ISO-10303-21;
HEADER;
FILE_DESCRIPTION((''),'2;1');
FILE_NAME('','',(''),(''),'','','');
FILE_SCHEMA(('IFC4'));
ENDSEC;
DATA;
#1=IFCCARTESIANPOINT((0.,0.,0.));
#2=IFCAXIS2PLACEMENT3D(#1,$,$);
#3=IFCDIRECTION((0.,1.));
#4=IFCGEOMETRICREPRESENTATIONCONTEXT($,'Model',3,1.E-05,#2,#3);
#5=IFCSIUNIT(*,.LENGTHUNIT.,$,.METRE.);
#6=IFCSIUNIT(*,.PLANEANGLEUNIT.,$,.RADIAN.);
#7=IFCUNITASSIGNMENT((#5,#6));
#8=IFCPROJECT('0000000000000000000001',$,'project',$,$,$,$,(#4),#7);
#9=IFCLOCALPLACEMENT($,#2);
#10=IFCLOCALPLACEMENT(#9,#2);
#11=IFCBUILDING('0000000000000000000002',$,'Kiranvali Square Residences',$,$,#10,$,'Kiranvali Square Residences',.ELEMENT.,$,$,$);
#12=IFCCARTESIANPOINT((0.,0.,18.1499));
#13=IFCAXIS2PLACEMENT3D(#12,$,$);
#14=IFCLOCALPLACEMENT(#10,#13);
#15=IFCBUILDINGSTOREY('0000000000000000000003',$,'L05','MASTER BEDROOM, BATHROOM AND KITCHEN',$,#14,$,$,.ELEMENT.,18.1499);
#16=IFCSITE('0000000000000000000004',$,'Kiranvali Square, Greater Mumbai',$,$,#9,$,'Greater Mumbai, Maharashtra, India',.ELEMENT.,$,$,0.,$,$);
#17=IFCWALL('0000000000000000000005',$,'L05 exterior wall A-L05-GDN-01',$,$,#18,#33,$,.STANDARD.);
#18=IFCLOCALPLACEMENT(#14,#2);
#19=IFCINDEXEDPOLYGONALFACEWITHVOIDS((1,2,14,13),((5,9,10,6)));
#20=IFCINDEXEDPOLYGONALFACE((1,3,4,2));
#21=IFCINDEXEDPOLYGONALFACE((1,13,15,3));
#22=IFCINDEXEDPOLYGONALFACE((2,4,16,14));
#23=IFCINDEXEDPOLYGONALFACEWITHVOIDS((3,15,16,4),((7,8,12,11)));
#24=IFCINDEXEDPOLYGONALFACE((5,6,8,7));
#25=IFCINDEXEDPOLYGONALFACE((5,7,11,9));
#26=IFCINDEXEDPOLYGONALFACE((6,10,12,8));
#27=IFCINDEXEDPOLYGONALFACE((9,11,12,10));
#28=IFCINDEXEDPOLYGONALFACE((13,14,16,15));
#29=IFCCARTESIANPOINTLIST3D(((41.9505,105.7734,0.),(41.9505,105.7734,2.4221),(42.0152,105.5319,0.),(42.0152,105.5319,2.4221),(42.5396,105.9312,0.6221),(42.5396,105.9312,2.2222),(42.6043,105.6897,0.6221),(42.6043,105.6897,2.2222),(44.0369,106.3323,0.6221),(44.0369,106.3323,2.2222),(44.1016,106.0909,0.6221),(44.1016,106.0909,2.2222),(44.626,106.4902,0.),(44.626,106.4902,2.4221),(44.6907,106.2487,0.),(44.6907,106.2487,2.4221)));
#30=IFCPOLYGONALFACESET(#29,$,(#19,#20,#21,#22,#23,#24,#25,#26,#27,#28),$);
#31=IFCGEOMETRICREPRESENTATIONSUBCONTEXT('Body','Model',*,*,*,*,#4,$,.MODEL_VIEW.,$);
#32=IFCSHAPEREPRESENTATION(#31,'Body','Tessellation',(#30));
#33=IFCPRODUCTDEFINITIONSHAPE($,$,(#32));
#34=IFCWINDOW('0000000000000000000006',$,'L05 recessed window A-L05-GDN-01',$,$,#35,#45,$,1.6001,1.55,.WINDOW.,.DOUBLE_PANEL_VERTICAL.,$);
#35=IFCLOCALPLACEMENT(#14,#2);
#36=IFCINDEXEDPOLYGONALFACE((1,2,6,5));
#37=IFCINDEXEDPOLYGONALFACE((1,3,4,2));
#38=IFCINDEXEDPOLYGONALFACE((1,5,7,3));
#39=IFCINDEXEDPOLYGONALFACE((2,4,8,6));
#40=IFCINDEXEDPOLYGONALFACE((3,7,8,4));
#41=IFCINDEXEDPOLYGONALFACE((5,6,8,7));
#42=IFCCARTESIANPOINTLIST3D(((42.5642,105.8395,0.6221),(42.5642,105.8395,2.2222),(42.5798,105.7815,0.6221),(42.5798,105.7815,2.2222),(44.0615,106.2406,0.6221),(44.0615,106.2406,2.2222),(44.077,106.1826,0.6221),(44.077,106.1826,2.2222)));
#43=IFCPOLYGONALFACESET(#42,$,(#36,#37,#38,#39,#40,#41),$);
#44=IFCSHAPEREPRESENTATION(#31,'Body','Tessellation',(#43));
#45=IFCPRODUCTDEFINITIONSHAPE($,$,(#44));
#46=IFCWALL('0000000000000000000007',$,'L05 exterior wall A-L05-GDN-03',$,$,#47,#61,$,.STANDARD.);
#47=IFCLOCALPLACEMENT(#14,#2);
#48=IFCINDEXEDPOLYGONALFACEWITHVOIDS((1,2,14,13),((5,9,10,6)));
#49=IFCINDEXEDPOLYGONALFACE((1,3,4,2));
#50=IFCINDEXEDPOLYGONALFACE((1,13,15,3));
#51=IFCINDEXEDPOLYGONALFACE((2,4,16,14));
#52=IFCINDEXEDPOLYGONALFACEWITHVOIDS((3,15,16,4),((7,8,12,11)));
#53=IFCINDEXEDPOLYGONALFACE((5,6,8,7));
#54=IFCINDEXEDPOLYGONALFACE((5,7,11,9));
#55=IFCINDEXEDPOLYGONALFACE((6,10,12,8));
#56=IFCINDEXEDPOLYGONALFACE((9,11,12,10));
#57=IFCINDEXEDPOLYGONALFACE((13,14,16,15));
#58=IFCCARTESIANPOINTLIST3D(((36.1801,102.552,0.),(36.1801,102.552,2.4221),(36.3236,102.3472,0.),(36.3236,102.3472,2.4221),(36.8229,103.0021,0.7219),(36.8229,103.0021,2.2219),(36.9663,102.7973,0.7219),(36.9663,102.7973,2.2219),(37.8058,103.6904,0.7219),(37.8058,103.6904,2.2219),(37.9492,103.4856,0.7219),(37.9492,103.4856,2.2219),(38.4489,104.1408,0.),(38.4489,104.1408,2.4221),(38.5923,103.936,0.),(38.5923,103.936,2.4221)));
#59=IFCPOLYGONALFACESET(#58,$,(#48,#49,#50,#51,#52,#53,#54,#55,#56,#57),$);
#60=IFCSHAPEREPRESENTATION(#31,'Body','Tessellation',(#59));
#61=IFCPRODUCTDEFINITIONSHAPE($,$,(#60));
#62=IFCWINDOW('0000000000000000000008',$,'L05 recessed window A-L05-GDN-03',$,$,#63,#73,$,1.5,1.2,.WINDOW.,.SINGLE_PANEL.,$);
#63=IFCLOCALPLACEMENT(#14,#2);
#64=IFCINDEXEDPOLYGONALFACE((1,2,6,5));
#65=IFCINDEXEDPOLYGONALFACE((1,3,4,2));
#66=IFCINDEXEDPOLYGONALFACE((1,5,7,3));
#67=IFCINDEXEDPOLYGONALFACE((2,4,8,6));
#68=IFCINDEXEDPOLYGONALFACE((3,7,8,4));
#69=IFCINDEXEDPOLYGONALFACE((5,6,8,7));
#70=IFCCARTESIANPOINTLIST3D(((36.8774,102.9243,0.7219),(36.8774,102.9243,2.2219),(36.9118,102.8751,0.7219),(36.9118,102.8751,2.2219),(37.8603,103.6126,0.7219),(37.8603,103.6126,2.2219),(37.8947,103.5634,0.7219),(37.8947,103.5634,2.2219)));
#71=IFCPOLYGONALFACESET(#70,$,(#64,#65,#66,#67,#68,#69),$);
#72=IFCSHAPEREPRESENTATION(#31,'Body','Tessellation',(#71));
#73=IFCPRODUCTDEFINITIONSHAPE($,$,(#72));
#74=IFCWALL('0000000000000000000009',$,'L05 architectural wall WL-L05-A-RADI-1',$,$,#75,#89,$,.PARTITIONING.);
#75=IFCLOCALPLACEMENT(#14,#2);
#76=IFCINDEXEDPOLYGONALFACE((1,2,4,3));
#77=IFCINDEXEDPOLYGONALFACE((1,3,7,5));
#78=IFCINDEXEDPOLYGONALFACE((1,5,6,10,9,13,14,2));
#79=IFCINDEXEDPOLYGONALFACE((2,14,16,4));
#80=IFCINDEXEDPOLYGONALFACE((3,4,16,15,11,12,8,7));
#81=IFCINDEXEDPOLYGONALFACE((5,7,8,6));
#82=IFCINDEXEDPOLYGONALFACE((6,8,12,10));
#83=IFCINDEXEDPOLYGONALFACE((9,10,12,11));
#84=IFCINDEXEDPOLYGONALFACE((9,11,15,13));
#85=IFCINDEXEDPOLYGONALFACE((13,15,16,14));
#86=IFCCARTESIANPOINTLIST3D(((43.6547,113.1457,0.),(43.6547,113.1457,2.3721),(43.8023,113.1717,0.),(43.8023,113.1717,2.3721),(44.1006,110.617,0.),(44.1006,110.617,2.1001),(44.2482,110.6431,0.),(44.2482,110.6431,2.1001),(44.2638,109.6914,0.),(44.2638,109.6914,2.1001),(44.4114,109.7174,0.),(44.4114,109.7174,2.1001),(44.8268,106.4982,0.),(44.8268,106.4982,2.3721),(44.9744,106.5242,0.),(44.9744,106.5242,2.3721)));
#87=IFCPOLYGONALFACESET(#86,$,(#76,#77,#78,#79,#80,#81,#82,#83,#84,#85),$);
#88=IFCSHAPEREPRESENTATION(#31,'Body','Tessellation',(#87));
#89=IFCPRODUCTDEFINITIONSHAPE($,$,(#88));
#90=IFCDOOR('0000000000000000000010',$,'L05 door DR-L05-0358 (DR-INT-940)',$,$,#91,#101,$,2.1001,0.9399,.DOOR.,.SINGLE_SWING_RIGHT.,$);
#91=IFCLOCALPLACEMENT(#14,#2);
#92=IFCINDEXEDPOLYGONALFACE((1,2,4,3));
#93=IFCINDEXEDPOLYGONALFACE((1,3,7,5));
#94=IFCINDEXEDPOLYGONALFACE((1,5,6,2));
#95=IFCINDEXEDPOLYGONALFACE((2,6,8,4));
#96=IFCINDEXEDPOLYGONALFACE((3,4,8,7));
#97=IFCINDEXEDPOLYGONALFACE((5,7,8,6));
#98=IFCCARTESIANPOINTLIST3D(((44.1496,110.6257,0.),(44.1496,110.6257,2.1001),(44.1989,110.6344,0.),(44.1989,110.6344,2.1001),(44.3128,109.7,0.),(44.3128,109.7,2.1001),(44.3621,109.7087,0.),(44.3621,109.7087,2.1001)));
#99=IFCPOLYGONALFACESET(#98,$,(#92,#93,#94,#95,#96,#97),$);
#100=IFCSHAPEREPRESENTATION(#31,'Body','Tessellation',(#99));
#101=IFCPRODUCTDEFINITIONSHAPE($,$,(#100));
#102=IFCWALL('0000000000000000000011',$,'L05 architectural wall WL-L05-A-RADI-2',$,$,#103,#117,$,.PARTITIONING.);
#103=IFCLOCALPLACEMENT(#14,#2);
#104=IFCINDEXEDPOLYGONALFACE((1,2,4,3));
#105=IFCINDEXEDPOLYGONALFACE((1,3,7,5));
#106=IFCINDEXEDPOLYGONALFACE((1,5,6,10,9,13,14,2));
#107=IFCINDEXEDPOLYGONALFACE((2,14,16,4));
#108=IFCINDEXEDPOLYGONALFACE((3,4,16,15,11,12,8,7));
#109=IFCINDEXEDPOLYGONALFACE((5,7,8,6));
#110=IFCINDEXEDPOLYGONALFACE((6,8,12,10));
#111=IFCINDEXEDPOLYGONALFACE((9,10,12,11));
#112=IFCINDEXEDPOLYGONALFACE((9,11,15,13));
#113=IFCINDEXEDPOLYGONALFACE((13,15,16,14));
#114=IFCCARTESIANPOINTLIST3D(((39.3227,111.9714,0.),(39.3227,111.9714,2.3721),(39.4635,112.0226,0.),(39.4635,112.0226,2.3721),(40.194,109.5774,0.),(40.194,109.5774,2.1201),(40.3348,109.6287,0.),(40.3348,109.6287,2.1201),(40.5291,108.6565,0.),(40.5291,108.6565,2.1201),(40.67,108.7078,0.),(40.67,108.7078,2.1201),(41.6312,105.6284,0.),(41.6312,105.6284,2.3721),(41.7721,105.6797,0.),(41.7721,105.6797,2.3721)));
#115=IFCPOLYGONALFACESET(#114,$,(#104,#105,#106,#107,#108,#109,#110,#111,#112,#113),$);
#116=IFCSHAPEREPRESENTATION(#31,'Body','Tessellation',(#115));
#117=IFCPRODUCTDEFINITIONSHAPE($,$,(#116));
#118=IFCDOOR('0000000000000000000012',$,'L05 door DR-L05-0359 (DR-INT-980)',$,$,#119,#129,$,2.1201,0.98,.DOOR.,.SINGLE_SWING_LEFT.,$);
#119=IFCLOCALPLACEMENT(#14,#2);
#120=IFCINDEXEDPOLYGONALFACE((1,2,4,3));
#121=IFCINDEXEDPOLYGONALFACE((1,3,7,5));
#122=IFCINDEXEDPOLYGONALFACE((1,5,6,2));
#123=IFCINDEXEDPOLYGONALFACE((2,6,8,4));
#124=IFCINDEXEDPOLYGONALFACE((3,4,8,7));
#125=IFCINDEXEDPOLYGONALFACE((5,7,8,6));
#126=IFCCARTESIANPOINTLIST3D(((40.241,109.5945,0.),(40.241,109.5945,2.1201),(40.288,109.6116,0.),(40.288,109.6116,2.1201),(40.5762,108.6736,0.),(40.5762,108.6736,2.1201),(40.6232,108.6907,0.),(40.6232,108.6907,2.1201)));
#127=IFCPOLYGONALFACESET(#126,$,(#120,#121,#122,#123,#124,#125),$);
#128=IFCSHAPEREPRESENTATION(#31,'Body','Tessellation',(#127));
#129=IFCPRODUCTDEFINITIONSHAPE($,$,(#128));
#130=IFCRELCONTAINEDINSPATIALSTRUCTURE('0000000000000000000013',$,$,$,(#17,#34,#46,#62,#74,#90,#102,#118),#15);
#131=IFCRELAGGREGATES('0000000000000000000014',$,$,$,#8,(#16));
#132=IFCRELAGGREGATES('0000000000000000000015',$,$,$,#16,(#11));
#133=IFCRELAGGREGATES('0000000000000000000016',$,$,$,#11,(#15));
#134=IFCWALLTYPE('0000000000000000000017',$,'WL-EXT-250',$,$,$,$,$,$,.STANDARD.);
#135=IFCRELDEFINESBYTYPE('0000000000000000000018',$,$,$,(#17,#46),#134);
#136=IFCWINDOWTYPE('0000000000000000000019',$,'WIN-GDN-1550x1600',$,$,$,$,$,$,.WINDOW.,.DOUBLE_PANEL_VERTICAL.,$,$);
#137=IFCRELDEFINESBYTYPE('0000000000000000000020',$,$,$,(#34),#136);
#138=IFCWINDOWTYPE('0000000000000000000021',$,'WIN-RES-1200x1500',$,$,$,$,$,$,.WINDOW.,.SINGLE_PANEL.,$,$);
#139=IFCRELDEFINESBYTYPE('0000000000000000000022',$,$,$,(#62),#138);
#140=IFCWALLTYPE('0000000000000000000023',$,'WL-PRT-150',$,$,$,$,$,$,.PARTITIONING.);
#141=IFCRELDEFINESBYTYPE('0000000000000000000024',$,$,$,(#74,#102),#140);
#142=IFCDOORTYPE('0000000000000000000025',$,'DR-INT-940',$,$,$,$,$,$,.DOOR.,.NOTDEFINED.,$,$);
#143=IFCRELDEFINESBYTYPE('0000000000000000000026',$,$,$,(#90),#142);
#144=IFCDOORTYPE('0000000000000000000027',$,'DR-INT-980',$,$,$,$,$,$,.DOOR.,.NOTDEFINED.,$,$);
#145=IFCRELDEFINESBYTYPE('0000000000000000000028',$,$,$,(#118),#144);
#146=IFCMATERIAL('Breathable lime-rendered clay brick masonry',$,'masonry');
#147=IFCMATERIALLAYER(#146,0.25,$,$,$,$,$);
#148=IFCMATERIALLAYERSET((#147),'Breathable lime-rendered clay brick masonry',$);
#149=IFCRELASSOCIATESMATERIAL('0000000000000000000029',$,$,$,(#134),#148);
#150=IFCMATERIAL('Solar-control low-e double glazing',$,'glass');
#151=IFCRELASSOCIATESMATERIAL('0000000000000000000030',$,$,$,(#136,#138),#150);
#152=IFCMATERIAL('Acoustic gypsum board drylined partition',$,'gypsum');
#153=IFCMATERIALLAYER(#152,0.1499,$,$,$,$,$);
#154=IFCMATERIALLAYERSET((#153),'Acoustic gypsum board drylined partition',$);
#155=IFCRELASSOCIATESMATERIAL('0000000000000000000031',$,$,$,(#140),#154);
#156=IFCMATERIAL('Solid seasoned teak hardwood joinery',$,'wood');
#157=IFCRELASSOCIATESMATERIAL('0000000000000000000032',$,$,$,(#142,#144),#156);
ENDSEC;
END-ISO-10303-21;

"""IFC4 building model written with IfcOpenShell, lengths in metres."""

from ifc_helpers import new_model, si_unit, direction, frame, frame_2d, origin, place, context, subcontext, project, spatial, rectangle, extrude, material, layer, layer_set, type_object, element, fill, save


model = new_model("IFC4")

# Units and contexts
model_context = context("Model", 3, precision=1e-05, world=origin(), true_north=direction((0.0, 1.0)))
body_context = subcontext(model_context, "Body", "Model", "MODEL_VIEW")
ifc_project = project(units=[si_unit("LENGTHUNIT", "METRE"), si_unit("PLANEANGLEUNIT", "RADIAN")], contexts=[model_context])

# Site, building, storey
site_placement = place(None, origin())
site = spatial("IfcSite", under=ifc_project, at=site_placement, Name="Kiranvali Square, Greater Mumbai", LongName="Greater Mumbai, Maharashtra, India", CompositionType="ELEMENT", RefElevation=0.0)
building_placement = place(site_placement, origin())
building = spatial("IfcBuilding", under=site, at=building_placement, Name="Kiranvali Square Residences", LongName="Kiranvali Square Residences", CompositionType="ELEMENT")
storey_placement = place(building_placement, frame((0.0, 0.0, 18.1499)))
storey = spatial("IfcBuildingStorey", under=building, at=storey_placement, Name="L05", Description="MASTER BEDROOM, BATHROOM AND KITCHEN", CompositionType="ELEMENT", Elevation=18.1499)

# Wall, opening, window
ifc_material_1 = material(Name="Breathable lime-rendered clay brick masonry", Category="masonry")
ifc_layer_1 = layer(ifc_material_1, 0.25)
ifc_layer_set_1 = layer_set([ifc_layer_1], Name="Breathable lime-rendered clay brick masonry")
wall_type_1 = type_object("IfcWallType", Name="WL-EXT-250", PredefinedType="STANDARD", material=ifc_layer_set_1)
wall_1_placement = place(storey_placement, frame((44.6582, 106.3694, 0.0), z_axis=(0.0, 0.0, 1.0), x_axis=(-0.965936, -0.258782, 0.0)))
wall_1 = element("IfcWall", 1, at=wall_1_placement, inside=storey, type_object=wall_type_1, Name="L05 exterior wall A-L05-GDN-01", PredefinedType="STANDARD", context=body_context, shape_type="SweptSolid", body=[
    extrude(rectangle(XDim=2.7698, YDim=0.25, at=frame_2d((1.3848, 0.0))), origin(), (0.0, 0.0, 1.0), 2.4221),
])
opening_1_placement = place(wall_1_placement, frame((0.6099, 0.0, 0.6221)))
opening_1 = element("IfcOpeningElement", 2, at=opening_1_placement, cuts=wall_1, PredefinedType="OPENING", context=body_context, shape_type="SweptSolid", body=[
    extrude(rectangle(XDim=1.55, YDim=1.6001, at=frame_2d((0.7749, 0.8))), frame((0.0, 0.135, 0.0), z_axis=(0.0, -1.0, 0.0), x_axis=(1.0, 0.0, 0.0)), (0.0, 0.0, 1.0), 0.27),
])
ifc_material_2 = material(Name="Solar-control low-e double glazing", Category="glass")
window_type_1 = type_object("IfcWindowType", Name="WIN-GDN-1550x1600", PartitioningType="DOUBLE_PANEL_VERTICAL", PredefinedType="WINDOW", material=ifc_material_2)
window_1_placement = place(opening_1_placement, origin())
window_1 = element("IfcWindow", 3, at=window_1_placement, inside=storey, type_object=window_type_1, Name="L05 recessed window A-L05-GDN-01", OverallHeight=1.6001, OverallWidth=1.55, PartitioningType="DOUBLE_PANEL_VERTICAL", PredefinedType="WINDOW", context=body_context, shape_type="SweptSolid", body=[
    extrude(rectangle(XDim=1.55, YDim=1.6001, at=frame_2d((0.7749, 0.8))), frame((0.0, 0.03, 0.0), z_axis=(0.0, -1.0, 0.0), x_axis=(1.0, 0.0, 0.0)), (0.0, 0.0, 1.0), 0.0601),
])
fill(opening_1, window_1)

# Wall, opening, window
wall_2_placement = place(storey_placement, frame((38.5205, 104.0383, 0.0), z_axis=(0.0, 0.0, 1.0), x_axis=(-0.819112, -0.573634, 0.0)))
wall_2 = element("IfcWall", 4, at=wall_2_placement, inside=storey, type_object=wall_type_1, Name="L05 exterior wall A-L05-GDN-03", PredefinedType="STANDARD", context=body_context, shape_type="SweptSolid", body=[
    extrude(rectangle(XDim=2.7698, YDim=0.25, at=frame_2d((1.3848, 0.0))), origin(), (0.0, 0.0, 1.0), 2.4221),
])
opening_2_placement = place(wall_2_placement, frame((0.7849, 0.0, 0.7219)))
opening_2 = element("IfcOpeningElement", 5, at=opening_2_placement, cuts=wall_2, PredefinedType="OPENING", context=body_context, shape_type="SweptSolid", body=[
    extrude(rectangle(XDim=1.2, YDim=1.5, at=frame_2d((0.6001, 0.75))), frame((0.0, 0.135, 0.0), z_axis=(0.0, -1.0, 0.0), x_axis=(1.0, 0.0, 0.0)), (0.0, 0.0, 1.0), 0.27),
])
window_type_2 = type_object("IfcWindowType", Name="WIN-RES-1200x1500", PartitioningType="SINGLE_PANEL", PredefinedType="WINDOW", material=ifc_material_2)
window_2_placement = place(opening_2_placement, origin())
window_2 = element("IfcWindow", 6, at=window_2_placement, inside=storey, type_object=window_type_2, Name="L05 recessed window A-L05-GDN-03", OverallHeight=1.5, OverallWidth=1.2, PartitioningType="SINGLE_PANEL", PredefinedType="WINDOW", context=body_context, shape_type="SweptSolid", body=[
    extrude(rectangle(XDim=1.2, YDim=1.5, at=frame_2d((0.6001, 0.75))), frame((0.0, 0.03, 0.0), z_axis=(0.0, -1.0, 0.0), x_axis=(1.0, 0.0, 0.0)), (0.0, 0.0, 1.0), 0.0601),
])
fill(opening_2, window_2)

# Walls, openings, doors
ifc_material_3 = material(Name="Acoustic gypsum board drylined partition", Category="gypsum")
ifc_layer_2 = layer(ifc_material_3, 0.1499)
ifc_layer_set_2 = layer_set([ifc_layer_2], Name="Acoustic gypsum board drylined partition")
wall_type_2 = type_object("IfcWallType", Name="WL-PRT-150", PredefinedType="PARTITIONING", material=ifc_layer_set_2)
wall_3_placement = place(storey_placement, frame((44.9006, 106.5112, 0.0), z_axis=(0.0, 0.0, 1.0), x_axis=(-0.173647, 0.984808, 0.0)))
wall_3 = element("IfcWall", 7, at=wall_3_placement, inside=storey, type_object=wall_type_2, Name="L05 architectural wall WL-L05-A-RADI-1", PredefinedType="PARTITIONING", context=body_context, shape_type="SweptSolid", body=[
    extrude(rectangle(XDim=6.75, YDim=0.1499, at=frame_2d((3.375, 0.0))), origin(), (0.0, 0.0, 1.0), 2.3721),
])
opening_3_placement = place(wall_3_placement, frame((3.2424, 0.0, 0.0)))
opening_3 = element("IfcOpeningElement", 8, at=opening_3_placement, cuts=wall_3, PredefinedType="OPENING", context=body_context, shape_type="SweptSolid", body=[
    extrude(rectangle(XDim=0.9399, YDim=2.1001, at=frame_2d((0.47, 1.05))), frame((0.0, 0.085, 0.0), z_axis=(0.0, -1.0, 0.0), x_axis=(1.0, 0.0, 0.0)), (0.0, 0.0, 1.0), 0.1699),
])
ifc_material_4 = material(Name="Solid seasoned teak hardwood joinery", Category="wood")
door_type_1 = type_object("IfcDoorType", Name="DR-INT-940", OperationType="NOTDEFINED", PredefinedType="DOOR", material=ifc_material_4)
door_1_placement = place(opening_3_placement, frame((0.9399, 0.0, 0.0), z_axis=(0.0, 0.0, 1.0), x_axis=(-1.0, 0.0, 0.0)))
door_1 = element("IfcDoor", 9, at=door_1_placement, inside=storey, type_object=door_type_1, Name="L05 door DR-L05-0358 (DR-INT-940)", OperationType="SINGLE_SWING_RIGHT", OverallHeight=2.1001, OverallWidth=0.9399, PredefinedType="DOOR", context=body_context, shape_type="SweptSolid", body=[
    extrude(rectangle(XDim=0.9399, YDim=2.1001, at=frame_2d((0.47, 1.05))), frame((0.0, 0.0249, 0.0), z_axis=(0.0, -1.0, 0.0), x_axis=(1.0, 0.0, 0.0)), (0.0, 0.0, 1.0), 0.05),
])
fill(opening_3, door_1)
wall_4_placement = place(storey_placement, frame((41.7017, 105.6541, 0.0), z_axis=(0.0, 0.0, 1.0), x_axis=(-0.34201, 0.939696, 0.0)))
wall_4 = element("IfcWall", 10, at=wall_4_placement, inside=storey, type_object=wall_type_2, Name="L05 architectural wall WL-L05-A-RADI-2", PredefinedType="PARTITIONING", context=body_context, shape_type="SweptSolid", body=[
    extrude(rectangle(XDim=6.75, YDim=0.1499, at=frame_2d((3.375, 0.0))), origin(), (0.0, 0.0, 1.0), 2.3721),
])
opening_4_placement = place(wall_4_placement, frame((3.2224, 0.0, 0.0)))
opening_4 = element("IfcOpeningElement", 11, at=opening_4_placement, cuts=wall_4, PredefinedType="OPENING", context=body_context, shape_type="SweptSolid", body=[
    extrude(rectangle(XDim=0.98, YDim=2.1201, at=frame_2d((0.49, 1.0601))), frame((0.0, 0.085, 0.0), z_axis=(0.0, -1.0, 0.0), x_axis=(1.0, 0.0, 0.0)), (0.0, 0.0, 1.0), 0.1699),
])
door_type_2 = type_object("IfcDoorType", Name="DR-INT-980", OperationType="NOTDEFINED", PredefinedType="DOOR", material=ifc_material_4)
door_2_placement = place(opening_4_placement, origin())
door_2 = element("IfcDoor", 12, at=door_2_placement, inside=storey, type_object=door_type_2, Name="L05 door DR-L05-0359 (DR-INT-980)", OperationType="SINGLE_SWING_LEFT", OverallHeight=2.1201, OverallWidth=0.98, PredefinedType="DOOR", context=body_context, shape_type="SweptSolid", body=[
    extrude(rectangle(XDim=0.98, YDim=2.1201, at=frame_2d((0.49, 1.0601))), frame((0.0, 0.0249, 0.0), z_axis=(0.0, -1.0, 0.0), x_axis=(1.0, 0.0, 0.0)), (0.0, 0.0, 1.0), 0.05),
])
fill(opening_4, door_2)

save(model, "model.ifc")
